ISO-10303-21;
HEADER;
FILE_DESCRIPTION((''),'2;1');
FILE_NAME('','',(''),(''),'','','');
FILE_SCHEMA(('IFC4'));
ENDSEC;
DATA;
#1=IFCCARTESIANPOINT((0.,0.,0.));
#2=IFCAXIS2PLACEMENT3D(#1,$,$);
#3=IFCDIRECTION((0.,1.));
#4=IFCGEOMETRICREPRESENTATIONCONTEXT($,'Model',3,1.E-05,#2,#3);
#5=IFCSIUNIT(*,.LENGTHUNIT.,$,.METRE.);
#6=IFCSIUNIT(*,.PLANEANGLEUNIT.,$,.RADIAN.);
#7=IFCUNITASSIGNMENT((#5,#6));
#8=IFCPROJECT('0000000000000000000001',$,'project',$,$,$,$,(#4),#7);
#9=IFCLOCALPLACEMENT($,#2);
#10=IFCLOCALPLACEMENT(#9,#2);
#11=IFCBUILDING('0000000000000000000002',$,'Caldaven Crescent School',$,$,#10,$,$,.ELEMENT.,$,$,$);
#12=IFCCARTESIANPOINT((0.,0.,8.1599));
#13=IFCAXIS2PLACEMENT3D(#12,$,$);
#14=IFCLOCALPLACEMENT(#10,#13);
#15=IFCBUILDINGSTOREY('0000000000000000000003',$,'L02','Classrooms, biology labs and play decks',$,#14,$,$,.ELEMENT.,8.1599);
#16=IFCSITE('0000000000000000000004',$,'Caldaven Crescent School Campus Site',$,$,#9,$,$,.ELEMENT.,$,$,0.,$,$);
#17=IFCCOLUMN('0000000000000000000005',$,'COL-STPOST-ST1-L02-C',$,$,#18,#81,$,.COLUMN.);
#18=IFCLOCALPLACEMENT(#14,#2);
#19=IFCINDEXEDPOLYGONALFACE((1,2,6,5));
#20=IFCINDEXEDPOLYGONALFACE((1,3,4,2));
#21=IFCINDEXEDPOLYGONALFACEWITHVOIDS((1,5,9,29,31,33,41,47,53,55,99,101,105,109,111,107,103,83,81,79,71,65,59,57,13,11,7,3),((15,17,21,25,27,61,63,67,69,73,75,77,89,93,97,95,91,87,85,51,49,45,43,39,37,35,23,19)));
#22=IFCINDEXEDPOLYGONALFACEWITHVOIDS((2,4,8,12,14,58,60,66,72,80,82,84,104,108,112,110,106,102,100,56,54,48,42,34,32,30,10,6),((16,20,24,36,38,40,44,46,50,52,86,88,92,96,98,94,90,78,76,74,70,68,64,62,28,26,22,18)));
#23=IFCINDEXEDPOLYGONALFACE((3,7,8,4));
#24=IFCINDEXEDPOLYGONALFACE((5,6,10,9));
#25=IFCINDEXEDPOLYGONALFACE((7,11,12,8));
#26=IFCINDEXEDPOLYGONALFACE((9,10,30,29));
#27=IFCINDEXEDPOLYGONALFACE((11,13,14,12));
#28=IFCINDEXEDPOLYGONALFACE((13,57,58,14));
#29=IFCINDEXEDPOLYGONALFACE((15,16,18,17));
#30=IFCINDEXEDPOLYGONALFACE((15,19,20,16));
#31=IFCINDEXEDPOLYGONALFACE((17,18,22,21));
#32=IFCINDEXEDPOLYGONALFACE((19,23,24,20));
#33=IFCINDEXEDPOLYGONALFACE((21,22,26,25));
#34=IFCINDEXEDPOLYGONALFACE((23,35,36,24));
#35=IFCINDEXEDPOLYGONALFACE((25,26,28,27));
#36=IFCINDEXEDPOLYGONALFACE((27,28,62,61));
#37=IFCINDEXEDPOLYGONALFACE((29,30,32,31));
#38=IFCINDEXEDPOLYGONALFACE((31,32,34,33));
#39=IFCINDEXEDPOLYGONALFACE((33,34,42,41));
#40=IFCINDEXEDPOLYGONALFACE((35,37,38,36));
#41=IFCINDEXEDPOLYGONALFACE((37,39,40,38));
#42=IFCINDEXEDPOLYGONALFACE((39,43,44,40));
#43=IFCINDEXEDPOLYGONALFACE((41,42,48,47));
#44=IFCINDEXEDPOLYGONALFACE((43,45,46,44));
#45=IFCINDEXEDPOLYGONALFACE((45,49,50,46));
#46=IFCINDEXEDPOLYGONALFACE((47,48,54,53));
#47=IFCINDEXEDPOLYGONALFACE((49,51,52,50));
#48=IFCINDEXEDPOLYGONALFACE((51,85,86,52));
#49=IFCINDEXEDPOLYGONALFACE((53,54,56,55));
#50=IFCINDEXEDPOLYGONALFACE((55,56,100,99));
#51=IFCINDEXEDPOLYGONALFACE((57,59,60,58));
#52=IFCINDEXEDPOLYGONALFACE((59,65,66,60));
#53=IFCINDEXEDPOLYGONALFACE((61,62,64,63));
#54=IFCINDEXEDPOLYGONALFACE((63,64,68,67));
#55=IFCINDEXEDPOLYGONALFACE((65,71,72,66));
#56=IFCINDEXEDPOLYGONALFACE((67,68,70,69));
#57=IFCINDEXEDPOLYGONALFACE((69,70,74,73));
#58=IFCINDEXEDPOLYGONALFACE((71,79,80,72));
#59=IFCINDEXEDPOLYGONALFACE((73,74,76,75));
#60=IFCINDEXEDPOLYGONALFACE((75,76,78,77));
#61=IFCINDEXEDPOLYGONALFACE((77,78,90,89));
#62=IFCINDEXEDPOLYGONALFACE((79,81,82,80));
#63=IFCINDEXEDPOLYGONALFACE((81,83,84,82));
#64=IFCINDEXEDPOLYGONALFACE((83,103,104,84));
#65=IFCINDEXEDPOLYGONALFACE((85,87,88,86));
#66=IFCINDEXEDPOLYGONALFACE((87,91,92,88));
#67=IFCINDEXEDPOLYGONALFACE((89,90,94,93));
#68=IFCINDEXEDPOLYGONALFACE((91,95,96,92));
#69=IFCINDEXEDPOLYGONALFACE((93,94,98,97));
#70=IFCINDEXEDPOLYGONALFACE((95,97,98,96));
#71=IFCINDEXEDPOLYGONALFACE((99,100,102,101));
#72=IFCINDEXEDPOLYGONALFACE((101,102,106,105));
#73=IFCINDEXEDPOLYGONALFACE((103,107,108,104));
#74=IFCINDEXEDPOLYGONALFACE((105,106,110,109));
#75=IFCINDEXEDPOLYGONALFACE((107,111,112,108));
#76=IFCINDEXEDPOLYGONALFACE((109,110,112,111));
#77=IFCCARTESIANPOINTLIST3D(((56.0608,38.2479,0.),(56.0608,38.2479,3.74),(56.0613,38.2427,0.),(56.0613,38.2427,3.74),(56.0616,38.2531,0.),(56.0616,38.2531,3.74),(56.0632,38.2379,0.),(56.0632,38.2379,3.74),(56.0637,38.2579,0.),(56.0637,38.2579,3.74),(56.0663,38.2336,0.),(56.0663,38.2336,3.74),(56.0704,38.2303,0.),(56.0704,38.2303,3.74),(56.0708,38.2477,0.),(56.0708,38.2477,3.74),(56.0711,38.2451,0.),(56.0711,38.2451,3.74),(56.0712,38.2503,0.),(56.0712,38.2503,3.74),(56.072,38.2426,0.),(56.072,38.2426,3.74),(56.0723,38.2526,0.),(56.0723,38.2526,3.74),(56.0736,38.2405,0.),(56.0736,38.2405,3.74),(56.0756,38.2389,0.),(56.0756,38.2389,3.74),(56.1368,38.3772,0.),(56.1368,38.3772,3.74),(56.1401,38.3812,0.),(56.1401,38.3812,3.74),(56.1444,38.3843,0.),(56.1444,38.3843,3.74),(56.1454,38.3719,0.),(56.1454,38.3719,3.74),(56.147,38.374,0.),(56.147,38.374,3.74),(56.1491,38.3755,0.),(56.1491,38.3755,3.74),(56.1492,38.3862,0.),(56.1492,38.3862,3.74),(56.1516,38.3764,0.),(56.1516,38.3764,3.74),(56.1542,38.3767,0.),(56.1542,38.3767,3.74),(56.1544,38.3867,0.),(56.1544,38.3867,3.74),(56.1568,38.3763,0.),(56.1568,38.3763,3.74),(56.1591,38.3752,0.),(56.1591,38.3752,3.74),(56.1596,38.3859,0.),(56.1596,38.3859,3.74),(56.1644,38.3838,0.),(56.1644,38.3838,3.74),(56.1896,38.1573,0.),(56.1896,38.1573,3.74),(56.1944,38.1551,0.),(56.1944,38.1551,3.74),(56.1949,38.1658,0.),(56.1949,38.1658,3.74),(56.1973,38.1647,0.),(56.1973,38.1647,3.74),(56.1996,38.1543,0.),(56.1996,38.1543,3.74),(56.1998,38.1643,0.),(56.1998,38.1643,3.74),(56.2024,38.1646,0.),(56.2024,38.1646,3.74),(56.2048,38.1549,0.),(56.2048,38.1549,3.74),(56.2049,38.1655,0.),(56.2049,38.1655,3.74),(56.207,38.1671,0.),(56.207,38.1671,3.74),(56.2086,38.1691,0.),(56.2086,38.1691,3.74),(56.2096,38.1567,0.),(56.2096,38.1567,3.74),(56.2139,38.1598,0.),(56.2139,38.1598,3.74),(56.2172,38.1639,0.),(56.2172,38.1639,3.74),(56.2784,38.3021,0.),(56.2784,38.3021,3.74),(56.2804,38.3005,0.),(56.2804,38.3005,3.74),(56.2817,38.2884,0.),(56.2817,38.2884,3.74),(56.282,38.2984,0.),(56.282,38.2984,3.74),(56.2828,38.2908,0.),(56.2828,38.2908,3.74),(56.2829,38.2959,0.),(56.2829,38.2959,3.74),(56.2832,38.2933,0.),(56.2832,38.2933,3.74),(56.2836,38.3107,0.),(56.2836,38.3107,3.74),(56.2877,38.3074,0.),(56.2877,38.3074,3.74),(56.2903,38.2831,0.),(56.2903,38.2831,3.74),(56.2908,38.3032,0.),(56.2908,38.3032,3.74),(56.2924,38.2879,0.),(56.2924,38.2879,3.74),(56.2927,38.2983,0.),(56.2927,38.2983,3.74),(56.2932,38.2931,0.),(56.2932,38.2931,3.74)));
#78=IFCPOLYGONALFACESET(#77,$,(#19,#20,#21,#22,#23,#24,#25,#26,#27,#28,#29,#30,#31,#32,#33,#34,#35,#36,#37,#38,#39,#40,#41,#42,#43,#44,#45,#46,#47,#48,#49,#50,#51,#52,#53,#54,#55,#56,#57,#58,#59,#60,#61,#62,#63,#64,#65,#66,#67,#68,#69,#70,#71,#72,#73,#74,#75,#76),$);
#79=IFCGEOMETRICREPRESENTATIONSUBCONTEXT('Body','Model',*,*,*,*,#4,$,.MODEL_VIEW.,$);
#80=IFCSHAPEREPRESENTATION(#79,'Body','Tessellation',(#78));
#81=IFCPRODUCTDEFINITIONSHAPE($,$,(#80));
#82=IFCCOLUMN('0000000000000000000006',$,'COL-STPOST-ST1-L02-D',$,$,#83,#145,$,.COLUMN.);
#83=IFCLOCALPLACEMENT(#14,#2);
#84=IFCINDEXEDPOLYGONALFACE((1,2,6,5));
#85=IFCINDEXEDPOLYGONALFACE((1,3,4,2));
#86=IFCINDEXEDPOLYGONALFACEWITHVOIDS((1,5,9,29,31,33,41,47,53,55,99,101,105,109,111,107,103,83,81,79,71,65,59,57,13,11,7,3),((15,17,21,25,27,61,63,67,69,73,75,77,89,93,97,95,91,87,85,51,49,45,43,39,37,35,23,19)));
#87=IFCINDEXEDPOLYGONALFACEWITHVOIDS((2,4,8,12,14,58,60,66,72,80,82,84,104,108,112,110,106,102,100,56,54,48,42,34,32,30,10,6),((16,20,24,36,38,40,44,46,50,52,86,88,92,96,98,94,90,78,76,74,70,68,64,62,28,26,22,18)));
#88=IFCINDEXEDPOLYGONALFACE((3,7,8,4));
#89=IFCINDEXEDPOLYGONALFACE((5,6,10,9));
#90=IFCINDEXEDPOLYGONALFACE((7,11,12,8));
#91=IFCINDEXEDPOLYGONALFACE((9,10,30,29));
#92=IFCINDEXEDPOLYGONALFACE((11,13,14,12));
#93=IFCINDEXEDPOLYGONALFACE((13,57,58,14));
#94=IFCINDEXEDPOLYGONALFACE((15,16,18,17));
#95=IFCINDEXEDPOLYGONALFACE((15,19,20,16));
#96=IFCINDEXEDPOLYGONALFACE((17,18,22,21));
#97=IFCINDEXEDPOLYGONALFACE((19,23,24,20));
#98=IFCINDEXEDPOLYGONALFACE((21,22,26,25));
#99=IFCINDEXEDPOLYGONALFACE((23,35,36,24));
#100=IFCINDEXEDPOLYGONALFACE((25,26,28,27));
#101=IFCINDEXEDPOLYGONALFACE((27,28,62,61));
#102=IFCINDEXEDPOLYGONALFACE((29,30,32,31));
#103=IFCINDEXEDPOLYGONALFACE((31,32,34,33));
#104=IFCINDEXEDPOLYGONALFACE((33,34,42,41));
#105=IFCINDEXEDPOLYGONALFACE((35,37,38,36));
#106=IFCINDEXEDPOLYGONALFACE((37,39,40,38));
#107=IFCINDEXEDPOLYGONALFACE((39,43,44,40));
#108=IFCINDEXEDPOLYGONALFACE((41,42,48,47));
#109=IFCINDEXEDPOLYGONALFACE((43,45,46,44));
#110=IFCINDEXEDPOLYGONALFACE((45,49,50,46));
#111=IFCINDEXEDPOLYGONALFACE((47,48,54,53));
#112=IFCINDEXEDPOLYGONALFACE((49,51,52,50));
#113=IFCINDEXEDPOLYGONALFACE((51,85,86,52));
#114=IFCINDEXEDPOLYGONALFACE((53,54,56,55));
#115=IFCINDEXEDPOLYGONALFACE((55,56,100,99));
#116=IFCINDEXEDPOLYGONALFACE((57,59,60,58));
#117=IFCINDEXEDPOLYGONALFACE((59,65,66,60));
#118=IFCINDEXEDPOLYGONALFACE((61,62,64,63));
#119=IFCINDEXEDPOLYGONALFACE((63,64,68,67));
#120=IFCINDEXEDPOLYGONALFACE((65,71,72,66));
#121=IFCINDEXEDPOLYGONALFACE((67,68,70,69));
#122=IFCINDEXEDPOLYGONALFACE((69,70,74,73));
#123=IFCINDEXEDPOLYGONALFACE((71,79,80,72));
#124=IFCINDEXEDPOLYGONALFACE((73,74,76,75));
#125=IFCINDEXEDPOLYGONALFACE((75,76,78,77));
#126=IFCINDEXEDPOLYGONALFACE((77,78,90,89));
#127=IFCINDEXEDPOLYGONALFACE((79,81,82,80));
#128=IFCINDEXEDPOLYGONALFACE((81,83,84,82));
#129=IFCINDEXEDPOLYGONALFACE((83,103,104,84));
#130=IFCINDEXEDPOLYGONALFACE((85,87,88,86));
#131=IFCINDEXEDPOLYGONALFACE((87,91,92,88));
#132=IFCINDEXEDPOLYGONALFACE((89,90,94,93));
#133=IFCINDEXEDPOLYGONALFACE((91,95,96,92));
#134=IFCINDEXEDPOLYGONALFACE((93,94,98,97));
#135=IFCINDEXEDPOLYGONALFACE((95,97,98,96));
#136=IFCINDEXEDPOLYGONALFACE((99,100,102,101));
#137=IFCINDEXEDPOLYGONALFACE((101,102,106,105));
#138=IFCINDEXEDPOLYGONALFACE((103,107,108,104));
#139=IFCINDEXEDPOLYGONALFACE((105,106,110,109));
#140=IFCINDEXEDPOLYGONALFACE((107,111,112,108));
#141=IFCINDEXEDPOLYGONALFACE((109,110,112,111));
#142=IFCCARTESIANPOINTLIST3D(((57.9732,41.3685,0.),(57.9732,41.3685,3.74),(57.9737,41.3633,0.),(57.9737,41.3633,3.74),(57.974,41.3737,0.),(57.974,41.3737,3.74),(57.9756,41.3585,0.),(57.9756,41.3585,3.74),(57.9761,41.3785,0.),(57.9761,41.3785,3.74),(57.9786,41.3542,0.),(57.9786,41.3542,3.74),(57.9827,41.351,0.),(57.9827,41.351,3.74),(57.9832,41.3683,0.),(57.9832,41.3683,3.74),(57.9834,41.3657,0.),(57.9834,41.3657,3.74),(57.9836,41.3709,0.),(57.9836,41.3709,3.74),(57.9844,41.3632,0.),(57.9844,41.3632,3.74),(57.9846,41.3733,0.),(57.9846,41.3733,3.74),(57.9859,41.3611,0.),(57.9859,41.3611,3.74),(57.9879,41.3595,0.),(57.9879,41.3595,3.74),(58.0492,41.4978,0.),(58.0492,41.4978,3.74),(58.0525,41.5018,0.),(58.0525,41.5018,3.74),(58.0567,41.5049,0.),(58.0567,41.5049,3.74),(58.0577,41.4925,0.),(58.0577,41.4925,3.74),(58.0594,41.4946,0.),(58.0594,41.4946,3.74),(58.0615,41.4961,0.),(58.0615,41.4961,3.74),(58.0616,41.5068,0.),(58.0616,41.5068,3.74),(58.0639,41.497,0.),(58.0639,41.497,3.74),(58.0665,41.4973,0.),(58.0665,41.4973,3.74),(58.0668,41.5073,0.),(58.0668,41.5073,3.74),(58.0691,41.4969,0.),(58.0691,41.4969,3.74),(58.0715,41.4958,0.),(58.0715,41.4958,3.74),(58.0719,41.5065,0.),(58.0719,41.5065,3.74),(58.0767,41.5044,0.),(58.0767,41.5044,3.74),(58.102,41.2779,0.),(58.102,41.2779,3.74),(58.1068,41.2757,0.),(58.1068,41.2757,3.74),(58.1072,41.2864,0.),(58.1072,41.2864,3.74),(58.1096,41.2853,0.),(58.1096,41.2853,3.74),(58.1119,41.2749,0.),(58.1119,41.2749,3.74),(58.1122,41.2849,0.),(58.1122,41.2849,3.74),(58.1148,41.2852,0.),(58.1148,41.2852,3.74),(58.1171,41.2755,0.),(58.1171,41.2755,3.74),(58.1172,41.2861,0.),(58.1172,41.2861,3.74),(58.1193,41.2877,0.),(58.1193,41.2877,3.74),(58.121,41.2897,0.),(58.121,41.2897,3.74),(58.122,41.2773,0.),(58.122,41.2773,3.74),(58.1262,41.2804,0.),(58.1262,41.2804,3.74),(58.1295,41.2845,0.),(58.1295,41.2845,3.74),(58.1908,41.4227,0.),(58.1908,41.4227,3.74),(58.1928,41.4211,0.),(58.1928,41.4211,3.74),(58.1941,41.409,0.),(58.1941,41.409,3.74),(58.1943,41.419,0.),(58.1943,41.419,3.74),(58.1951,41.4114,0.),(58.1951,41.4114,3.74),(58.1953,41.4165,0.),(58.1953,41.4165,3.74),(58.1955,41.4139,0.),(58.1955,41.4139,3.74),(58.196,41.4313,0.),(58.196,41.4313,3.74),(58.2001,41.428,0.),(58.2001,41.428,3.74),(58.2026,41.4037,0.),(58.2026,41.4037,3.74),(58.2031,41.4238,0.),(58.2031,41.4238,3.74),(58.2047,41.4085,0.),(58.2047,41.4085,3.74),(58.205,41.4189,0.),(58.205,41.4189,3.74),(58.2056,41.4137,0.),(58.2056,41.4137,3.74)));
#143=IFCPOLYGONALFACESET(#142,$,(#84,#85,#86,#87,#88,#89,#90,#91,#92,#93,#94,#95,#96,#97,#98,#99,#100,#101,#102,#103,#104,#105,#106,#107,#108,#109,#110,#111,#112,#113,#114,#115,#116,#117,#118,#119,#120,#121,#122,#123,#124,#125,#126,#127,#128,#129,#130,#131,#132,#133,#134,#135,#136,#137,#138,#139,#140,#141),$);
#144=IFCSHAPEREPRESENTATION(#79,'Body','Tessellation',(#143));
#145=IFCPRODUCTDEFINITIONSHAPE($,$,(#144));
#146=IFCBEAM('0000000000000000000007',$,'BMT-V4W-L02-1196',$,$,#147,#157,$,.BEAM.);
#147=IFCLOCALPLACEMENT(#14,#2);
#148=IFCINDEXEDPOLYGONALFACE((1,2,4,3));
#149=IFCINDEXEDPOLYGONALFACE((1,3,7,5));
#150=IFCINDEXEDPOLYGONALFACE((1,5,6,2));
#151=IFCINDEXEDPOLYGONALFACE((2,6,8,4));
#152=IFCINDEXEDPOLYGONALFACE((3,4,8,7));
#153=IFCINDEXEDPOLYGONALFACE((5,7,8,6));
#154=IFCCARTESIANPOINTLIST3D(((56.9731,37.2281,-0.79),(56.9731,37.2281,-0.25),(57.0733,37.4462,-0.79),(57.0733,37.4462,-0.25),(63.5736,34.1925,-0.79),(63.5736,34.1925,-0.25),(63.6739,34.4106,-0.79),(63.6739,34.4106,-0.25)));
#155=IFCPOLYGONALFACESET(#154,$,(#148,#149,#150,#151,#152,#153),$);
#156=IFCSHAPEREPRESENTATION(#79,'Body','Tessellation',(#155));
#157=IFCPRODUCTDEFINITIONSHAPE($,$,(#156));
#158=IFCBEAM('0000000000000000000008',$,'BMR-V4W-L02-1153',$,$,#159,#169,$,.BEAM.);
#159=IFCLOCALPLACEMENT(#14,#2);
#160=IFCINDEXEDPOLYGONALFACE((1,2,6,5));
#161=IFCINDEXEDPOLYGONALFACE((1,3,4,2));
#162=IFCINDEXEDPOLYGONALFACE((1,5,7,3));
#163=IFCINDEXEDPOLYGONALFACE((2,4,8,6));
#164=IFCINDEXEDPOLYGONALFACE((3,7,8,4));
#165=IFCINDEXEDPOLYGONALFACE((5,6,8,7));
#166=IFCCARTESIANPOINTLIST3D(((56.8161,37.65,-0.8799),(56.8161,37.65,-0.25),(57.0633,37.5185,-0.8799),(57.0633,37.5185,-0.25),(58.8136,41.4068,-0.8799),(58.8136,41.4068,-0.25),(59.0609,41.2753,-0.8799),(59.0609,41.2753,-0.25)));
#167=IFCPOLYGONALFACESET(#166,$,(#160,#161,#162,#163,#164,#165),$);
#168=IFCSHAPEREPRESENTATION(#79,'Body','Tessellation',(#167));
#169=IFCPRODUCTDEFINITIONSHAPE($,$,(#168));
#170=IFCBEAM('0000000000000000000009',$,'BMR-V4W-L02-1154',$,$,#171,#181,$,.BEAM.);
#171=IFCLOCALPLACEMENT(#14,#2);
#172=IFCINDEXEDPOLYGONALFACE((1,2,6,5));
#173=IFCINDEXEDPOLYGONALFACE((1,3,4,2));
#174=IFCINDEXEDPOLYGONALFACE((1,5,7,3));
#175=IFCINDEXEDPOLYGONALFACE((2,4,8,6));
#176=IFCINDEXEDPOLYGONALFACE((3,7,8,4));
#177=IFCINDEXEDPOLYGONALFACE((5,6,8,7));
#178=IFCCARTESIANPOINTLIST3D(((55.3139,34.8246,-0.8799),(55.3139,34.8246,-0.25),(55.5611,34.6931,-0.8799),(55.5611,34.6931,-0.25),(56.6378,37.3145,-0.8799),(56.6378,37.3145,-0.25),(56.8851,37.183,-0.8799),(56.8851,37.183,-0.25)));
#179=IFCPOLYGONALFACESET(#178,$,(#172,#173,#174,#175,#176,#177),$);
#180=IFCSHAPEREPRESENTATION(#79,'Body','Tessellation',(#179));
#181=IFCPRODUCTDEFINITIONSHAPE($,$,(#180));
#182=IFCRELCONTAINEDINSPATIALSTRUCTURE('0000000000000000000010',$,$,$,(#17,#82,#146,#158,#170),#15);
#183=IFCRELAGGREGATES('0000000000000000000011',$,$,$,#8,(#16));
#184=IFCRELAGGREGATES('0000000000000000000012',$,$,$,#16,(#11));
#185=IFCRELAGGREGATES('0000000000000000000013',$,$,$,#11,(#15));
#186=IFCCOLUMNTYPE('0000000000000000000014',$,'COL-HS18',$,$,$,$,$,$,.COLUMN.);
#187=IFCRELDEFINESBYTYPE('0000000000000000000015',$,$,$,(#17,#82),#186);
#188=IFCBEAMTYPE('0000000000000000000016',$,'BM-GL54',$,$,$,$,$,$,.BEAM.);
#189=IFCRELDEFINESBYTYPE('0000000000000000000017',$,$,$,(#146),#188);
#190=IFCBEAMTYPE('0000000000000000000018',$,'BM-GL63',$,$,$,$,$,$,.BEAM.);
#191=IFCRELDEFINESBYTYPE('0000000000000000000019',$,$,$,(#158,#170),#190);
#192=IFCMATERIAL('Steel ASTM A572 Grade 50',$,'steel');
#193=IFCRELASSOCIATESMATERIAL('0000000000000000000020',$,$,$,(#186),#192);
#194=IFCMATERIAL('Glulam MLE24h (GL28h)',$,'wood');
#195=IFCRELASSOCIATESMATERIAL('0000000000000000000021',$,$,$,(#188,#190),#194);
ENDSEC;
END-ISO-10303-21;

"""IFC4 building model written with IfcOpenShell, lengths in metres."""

from ifc_helpers import new_model, si_unit, direction, frame, origin, origin_2d, place, context, subcontext, project, spatial, rectangle, hollow_rectangle, extrude, material, material_profile, profile_set, type_object, element, save


model = new_model("IFC4")

# Units and contexts
model_context = context("Model", 3, precision=1e-05, world=origin(), true_north=direction((0.0, 1.0)))
body_context = subcontext(model_context, "Body", "Model", "MODEL_VIEW")
ifc_project = project(units=[si_unit("LENGTHUNIT", "METRE"), si_unit("PLANEANGLEUNIT", "RADIAN")], contexts=[model_context])

# Site, building, storey
site_placement = place(None, origin())
site = spatial("IfcSite", under=ifc_project, at=site_placement, Name="Caldaven Crescent School Campus Site", CompositionType="ELEMENT", RefElevation=0.0)
building_placement = place(site_placement, origin())
building = spatial("IfcBuilding", under=site, at=building_placement, Name="Caldaven Crescent School", CompositionType="ELEMENT")
storey_placement = place(building_placement, frame((0.0, 0.0, 8.1599)))
storey = spatial("IfcBuildingStorey", under=building, at=storey_placement, Name="L02", Description="Classrooms, biology labs and play decks", CompositionType="ELEMENT", Elevation=8.1599)

# Columns
ifc_material_1 = material(Name="Glulam MLE24h (GL28h)", Category="wood")
ifc_material_2 = material(Name="Steel ASTM A572 Grade 50", Category="steel")
ifc_material_profile_1 = material_profile(ifc_material_2, hollow_rectangle(XDim=0.1799, YDim=0.1799, WallThickness=0.01, InnerFilletRadius=0.01, OuterFilletRadius=0.02, at=origin_2d()), Name="HSS 180x180x10")
ifc_profile_set_1 = profile_set([ifc_material_profile_1], Name="Steel ASTM A572 Grade 50")
column_type_1 = type_object("IfcColumnType", Name="COL-HS18", PredefinedType="COLUMN", material=ifc_profile_set_1)
for number, where, z_axis, x_axis, name in (
    (1, (56.177, 38.2705, 0.0), (0.0, 0.0, 1.0), (0.85264, -0.522499, 0.0), "COL-STPOST-ST1-L02-C"),
    (2, (58.0894, 41.3911, 0.0), (0.0, 0.0, 1.0), (0.85264, -0.522499, 0.0), "COL-STPOST-ST1-L02-D"),
):
    element("IfcColumn", number, at=place(storey_placement, frame(where, z_axis=z_axis, x_axis=x_axis)), inside=storey, type_object=column_type_1, Name=name, PredefinedType="COLUMN", context=body_context, shape_type="SweptSolid", body=[
        extrude(hollow_rectangle(XDim=0.1799, YDim=0.1799, WallThickness=0.01, InnerFilletRadius=0.01, OuterFilletRadius=0.02, at=origin_2d()), origin(), (0.0, 0.0, 1.0), 3.74),
    ])

# Beams
ifc_material_profile_2 = material_profile(ifc_material_1, rectangle(XDim=0.24, YDim=0.54, at=origin_2d()), Name="MLE 240x540")
ifc_profile_set_2 = profile_set([ifc_material_profile_2], Name="Glulam MLE24h (GL28h)")
beam_type_1 = type_object("IfcBeamType", Name="BM-GL54", PredefinedType="BEAM", material=ifc_profile_set_2)
beam_1_placement = place(storey_placement, frame((57.0232, 37.3372, -0.52), z_axis=(0.908523, -0.417835, 0.0), x_axis=(0.417835, 0.908523, 0.0)))
element("IfcBeam", 3, at=beam_1_placement, inside=storey, type_object=beam_type_1, Name="BMT-V4W-L02-1196", PredefinedType="BEAM", context=body_context, shape_type="SweptSolid", body=[
    extrude(rectangle(XDim=0.24, YDim=0.54, at=origin_2d()), origin(), (0.0, 0.0, 1.0), 7.2651),
])
ifc_material_profile_3 = material_profile(ifc_material_1, rectangle(XDim=0.28, YDim=0.6299, at=origin_2d()), Name="MLE 280x630")
ifc_profile_set_3 = profile_set([ifc_material_profile_3], Name="Glulam MLE24h (GL28h)")
beam_type_2 = type_object("IfcBeamType", Name="BM-GL63", PredefinedType="BEAM", material=ifc_profile_set_3)
beam_2_placement = place(storey_placement, frame((58.9373, 41.3411, -0.5649), z_axis=(-0.469474, -0.882946, 0.0), x_axis=(0.882946, -0.469474, 0.0)))
element("IfcBeam", 4, at=beam_2_placement, inside=storey, type_object=beam_type_2, Name="BMR-V4W-L02-1153", PredefinedType="BEAM", context=body_context, shape_type="SweptSolid", body=[
    extrude(rectangle(XDim=0.28, YDim=0.6299, at=origin_2d()), origin(), (0.0, 0.0, 1.0), 4.2549),
])
beam_3_placement = place(storey_placement, frame((56.7615, 37.2488, -0.5649), z_axis=(-0.469478, -0.882944, 0.0), x_axis=(0.882944, -0.469478, 0.0)))
element("IfcBeam", 5, at=beam_3_placement, inside=storey, type_object=beam_type_2, Name="BMR-V4W-L02-1154", PredefinedType="BEAM", context=body_context, shape_type="SweptSolid", body=[
    extrude(rectangle(XDim=0.28, YDim=0.6299, at=origin_2d()), origin(), (0.0, 0.0, 1.0), 2.8201),
])

save(model, "model.ifc")
